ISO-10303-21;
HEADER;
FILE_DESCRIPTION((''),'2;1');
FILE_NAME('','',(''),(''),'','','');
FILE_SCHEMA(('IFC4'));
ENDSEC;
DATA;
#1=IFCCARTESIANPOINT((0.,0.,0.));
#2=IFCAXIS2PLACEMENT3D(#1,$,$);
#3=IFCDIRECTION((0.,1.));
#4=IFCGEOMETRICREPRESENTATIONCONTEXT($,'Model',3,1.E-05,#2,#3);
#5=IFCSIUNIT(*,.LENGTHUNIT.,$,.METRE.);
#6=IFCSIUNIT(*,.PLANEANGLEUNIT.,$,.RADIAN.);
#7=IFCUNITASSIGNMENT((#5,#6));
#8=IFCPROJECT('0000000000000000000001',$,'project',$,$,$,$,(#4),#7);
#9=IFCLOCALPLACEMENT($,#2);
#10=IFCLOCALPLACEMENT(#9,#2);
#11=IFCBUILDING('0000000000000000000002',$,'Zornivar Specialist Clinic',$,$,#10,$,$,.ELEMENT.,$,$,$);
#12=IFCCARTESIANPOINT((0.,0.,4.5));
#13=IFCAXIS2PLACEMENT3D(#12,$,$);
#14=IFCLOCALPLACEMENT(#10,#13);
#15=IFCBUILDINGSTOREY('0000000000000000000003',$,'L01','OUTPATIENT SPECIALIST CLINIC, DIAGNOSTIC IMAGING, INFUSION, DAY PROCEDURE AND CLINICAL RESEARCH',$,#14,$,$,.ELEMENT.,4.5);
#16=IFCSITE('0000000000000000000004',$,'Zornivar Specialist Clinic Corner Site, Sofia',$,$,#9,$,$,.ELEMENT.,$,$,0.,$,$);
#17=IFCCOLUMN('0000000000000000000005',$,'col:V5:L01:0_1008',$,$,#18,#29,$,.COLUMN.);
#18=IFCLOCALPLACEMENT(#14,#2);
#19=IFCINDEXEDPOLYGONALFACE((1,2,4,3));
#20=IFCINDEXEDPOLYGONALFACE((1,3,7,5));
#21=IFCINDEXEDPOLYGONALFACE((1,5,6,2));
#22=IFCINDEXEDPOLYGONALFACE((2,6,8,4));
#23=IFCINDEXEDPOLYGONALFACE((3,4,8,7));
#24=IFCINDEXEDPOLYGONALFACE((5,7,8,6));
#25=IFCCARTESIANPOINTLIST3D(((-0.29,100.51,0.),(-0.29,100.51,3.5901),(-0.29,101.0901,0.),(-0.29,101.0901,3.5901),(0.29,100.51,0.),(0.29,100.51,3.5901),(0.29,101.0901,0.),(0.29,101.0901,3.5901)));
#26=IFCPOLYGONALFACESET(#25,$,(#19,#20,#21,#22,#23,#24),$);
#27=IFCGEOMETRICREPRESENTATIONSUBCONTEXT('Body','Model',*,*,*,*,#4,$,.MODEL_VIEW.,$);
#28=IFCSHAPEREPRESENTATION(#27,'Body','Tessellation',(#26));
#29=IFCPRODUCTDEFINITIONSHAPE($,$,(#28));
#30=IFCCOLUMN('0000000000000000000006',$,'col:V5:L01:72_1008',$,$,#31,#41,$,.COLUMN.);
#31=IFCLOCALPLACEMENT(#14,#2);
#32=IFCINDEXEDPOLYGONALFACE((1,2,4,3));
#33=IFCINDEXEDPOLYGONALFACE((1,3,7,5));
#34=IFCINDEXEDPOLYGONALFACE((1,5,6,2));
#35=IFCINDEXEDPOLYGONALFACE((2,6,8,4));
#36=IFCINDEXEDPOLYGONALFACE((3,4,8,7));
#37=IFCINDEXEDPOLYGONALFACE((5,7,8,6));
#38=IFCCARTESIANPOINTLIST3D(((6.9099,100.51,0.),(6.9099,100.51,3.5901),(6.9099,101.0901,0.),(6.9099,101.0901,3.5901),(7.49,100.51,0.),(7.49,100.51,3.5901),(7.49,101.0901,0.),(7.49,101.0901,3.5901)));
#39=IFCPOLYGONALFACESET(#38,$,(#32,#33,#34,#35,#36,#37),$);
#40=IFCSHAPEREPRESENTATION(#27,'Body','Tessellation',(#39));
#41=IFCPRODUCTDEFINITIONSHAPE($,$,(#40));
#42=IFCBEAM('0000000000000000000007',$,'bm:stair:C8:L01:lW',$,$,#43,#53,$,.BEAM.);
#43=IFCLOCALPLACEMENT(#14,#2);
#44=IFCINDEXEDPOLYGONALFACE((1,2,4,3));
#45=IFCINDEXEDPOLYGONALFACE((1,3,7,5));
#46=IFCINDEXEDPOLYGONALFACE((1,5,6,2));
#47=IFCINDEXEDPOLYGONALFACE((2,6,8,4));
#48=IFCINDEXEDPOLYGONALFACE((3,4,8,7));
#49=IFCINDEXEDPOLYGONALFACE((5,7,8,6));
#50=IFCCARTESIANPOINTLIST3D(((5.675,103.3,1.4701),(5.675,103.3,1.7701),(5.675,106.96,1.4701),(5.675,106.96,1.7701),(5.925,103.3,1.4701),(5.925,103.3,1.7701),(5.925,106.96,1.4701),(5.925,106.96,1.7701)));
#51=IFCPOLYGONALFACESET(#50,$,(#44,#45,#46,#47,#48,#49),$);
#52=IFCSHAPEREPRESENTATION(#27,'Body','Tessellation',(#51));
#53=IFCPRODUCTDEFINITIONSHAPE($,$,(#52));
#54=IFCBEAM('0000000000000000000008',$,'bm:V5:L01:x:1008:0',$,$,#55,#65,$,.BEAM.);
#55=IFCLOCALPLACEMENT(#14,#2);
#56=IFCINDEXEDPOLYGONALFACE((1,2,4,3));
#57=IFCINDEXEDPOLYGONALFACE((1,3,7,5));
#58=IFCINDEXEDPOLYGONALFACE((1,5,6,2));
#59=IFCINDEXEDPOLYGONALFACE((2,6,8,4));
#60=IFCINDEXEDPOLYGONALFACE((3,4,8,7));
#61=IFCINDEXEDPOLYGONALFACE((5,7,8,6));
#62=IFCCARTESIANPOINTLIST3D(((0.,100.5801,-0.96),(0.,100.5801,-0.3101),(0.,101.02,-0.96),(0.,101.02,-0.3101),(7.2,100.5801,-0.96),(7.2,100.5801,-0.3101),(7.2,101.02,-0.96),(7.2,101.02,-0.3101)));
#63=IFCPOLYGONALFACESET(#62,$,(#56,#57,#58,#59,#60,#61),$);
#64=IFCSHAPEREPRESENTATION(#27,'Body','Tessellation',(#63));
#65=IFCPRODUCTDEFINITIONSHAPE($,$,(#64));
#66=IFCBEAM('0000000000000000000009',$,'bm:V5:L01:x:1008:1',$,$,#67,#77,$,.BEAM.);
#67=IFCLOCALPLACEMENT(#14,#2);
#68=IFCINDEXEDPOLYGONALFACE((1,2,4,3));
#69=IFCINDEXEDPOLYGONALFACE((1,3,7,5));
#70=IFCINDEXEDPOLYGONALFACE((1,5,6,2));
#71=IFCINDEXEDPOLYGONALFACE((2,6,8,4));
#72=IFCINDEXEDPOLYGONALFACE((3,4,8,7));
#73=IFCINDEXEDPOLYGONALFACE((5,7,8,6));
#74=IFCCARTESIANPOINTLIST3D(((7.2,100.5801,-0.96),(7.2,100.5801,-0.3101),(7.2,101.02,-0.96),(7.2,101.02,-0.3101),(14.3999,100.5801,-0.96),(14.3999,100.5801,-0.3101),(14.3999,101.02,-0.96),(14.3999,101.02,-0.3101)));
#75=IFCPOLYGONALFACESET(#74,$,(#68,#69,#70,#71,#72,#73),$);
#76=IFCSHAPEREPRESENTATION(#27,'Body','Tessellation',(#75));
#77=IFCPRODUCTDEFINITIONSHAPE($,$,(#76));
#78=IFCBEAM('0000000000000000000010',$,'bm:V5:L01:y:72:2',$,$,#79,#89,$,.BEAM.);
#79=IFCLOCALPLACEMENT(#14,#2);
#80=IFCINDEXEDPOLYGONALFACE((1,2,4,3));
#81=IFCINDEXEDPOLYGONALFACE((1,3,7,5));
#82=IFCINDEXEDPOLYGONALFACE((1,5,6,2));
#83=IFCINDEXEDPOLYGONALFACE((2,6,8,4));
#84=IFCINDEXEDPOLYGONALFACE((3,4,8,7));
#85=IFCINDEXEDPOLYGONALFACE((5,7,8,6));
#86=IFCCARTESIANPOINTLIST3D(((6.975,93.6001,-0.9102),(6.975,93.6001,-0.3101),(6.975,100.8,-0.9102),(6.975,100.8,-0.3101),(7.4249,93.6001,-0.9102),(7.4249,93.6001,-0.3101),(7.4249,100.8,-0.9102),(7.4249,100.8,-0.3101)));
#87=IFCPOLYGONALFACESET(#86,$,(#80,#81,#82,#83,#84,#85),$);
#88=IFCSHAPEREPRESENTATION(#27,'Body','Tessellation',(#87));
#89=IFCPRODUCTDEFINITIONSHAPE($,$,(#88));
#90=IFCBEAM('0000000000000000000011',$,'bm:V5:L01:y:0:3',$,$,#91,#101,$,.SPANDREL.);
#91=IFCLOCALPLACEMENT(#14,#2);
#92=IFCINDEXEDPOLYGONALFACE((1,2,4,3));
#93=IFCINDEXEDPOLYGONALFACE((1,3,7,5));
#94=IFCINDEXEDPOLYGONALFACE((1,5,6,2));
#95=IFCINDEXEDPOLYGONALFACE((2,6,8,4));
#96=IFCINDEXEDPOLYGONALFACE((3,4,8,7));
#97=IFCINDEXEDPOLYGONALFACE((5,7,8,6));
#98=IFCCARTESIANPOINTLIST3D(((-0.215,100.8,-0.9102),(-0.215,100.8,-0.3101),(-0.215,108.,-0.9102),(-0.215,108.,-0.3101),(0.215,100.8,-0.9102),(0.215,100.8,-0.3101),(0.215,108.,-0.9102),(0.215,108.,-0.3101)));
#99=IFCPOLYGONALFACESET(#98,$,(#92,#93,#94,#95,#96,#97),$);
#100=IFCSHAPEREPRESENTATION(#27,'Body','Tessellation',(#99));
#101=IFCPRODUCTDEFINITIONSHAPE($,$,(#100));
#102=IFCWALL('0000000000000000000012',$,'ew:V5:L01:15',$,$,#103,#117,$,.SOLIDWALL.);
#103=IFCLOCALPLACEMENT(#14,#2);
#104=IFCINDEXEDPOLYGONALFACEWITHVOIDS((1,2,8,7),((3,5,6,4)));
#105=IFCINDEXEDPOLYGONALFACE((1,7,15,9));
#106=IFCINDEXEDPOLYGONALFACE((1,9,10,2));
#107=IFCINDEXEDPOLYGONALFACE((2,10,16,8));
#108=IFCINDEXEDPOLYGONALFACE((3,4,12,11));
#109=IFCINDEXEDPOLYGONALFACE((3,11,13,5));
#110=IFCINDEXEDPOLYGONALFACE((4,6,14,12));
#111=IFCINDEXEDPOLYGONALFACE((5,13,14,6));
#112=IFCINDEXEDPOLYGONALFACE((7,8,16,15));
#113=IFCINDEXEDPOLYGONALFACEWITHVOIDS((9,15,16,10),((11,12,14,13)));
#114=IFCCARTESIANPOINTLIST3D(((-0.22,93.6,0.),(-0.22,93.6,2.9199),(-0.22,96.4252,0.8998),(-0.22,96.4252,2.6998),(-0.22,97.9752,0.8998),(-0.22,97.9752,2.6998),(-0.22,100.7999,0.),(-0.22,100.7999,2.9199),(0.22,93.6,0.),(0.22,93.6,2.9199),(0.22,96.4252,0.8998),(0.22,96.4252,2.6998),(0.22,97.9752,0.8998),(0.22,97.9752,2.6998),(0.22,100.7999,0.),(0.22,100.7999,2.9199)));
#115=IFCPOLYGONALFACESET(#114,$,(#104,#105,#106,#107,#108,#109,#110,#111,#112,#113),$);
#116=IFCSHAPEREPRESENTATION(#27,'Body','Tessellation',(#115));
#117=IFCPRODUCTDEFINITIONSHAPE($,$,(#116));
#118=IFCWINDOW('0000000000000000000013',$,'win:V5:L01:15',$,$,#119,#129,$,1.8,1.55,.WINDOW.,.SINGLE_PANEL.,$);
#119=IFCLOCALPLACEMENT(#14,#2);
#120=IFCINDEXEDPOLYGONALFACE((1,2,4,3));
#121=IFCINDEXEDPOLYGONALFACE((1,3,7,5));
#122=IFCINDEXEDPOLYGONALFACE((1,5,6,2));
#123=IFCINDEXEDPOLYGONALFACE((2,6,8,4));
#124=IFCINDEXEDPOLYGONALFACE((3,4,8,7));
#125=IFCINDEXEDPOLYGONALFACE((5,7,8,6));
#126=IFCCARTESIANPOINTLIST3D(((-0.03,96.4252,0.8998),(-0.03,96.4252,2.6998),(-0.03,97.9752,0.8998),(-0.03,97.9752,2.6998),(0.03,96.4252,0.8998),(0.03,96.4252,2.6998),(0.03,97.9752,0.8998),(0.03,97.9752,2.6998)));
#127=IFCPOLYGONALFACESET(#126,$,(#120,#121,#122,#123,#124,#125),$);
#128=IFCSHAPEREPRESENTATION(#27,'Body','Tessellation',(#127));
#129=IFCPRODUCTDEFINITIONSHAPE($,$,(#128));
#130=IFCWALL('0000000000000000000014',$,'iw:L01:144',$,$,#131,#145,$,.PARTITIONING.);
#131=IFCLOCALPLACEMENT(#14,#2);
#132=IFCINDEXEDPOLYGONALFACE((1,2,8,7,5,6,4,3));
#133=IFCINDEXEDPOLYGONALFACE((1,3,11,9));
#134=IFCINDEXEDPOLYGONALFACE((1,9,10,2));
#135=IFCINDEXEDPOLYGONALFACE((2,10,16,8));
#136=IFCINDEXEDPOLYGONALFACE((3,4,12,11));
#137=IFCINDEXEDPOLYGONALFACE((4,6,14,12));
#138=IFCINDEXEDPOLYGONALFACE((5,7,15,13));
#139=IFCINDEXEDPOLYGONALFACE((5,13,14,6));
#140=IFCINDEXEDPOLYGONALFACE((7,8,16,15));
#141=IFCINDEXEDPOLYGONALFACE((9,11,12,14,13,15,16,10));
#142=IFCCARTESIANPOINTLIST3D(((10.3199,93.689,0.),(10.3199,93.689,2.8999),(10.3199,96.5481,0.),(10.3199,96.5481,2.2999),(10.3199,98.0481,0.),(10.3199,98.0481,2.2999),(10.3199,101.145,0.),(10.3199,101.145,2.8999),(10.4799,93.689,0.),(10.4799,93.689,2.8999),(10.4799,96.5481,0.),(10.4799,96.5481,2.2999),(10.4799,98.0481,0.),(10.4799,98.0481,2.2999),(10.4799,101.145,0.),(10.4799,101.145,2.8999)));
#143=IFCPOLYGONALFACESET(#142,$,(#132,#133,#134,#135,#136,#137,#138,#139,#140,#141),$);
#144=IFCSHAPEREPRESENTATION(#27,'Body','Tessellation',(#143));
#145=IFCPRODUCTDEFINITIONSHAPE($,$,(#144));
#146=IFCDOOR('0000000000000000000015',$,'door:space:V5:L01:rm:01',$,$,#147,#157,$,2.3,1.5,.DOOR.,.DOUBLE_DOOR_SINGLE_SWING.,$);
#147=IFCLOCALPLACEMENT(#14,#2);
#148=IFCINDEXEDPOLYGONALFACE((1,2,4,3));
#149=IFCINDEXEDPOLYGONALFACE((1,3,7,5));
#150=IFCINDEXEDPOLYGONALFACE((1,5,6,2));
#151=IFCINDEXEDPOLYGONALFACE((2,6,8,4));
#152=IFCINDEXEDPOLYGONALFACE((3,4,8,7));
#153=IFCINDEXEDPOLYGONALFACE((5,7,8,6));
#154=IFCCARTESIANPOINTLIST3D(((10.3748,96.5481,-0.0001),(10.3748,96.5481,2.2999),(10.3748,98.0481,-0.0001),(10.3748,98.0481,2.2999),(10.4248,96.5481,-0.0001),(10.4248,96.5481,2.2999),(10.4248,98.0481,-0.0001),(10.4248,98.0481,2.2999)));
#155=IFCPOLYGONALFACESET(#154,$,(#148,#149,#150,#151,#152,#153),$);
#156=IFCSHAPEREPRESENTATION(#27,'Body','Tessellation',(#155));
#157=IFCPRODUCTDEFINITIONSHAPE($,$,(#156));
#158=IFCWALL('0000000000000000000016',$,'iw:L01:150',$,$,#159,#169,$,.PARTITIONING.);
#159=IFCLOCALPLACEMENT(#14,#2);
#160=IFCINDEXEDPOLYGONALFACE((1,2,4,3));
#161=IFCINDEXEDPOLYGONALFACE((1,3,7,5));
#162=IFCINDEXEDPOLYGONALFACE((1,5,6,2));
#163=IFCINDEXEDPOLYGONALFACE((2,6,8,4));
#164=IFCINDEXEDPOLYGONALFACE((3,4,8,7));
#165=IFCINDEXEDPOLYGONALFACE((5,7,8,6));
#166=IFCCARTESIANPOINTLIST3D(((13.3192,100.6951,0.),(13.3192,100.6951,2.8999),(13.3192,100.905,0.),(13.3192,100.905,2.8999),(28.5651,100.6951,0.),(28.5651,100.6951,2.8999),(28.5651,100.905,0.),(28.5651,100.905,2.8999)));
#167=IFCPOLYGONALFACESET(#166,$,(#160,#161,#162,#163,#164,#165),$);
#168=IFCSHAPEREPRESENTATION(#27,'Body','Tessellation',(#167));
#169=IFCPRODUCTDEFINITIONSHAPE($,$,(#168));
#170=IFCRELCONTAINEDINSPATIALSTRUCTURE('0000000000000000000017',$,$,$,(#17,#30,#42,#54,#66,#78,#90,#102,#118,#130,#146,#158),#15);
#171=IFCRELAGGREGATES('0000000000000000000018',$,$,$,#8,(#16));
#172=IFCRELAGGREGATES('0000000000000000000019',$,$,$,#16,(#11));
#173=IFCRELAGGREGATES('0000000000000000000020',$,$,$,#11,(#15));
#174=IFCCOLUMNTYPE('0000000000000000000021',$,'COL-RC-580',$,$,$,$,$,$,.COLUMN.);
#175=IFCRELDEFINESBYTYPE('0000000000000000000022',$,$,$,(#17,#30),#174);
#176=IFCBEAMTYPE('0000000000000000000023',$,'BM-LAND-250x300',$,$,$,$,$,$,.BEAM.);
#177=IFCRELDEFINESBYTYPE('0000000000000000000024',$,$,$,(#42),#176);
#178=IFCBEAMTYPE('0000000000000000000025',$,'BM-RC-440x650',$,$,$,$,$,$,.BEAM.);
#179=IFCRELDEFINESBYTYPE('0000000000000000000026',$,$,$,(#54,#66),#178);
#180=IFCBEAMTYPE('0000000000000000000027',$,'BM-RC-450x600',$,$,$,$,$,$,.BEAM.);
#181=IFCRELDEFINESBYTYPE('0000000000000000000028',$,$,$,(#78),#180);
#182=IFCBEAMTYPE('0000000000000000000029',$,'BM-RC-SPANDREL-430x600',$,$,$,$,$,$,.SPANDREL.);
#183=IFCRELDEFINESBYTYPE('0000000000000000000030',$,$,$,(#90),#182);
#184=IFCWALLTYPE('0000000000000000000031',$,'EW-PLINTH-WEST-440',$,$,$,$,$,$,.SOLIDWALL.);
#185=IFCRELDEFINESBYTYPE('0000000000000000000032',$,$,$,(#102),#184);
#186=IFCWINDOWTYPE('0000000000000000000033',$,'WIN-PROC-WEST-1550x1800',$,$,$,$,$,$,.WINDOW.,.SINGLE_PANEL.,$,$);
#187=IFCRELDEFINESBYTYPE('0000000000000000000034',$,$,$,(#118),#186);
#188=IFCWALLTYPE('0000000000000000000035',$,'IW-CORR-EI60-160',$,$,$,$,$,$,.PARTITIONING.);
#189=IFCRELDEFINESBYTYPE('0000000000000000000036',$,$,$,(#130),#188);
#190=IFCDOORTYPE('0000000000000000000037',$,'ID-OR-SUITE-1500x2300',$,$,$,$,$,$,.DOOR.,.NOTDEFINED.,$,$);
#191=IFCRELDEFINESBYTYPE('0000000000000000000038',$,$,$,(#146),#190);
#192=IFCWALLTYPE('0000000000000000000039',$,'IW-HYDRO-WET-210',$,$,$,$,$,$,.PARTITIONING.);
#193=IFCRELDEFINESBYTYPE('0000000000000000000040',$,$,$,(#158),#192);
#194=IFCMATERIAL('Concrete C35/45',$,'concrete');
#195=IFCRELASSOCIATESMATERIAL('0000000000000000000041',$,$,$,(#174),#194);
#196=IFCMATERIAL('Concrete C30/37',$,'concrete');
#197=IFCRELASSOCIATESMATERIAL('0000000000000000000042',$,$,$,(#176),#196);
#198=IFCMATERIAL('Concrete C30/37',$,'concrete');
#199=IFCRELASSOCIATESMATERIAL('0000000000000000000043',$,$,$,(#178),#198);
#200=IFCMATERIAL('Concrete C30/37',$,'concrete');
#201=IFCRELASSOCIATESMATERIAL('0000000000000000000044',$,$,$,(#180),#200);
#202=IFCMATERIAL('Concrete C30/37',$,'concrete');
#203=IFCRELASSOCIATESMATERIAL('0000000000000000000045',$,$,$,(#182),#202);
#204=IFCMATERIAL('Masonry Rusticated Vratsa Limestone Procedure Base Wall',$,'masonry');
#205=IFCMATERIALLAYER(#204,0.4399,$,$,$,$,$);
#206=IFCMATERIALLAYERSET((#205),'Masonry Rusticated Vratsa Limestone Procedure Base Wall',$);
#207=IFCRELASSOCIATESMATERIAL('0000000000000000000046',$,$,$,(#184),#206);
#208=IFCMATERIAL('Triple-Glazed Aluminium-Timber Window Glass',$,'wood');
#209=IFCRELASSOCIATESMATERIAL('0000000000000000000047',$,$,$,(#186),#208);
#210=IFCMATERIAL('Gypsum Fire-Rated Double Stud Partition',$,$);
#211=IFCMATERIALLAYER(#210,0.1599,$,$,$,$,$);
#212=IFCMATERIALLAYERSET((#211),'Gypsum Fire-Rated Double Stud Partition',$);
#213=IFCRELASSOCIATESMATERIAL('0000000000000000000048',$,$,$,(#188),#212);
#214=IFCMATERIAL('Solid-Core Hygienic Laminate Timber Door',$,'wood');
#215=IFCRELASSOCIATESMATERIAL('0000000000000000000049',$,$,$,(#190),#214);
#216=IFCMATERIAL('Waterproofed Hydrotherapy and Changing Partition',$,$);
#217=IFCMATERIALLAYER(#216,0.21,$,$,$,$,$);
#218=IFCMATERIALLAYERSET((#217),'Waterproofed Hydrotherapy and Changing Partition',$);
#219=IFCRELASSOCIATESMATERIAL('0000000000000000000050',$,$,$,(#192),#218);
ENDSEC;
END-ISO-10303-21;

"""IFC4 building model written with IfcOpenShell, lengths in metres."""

from ifc_helpers import new_model, si_unit, direction, frame, frame_2d, origin, origin_2d, place, context, subcontext, project, spatial, rectangle, extrude, material, layer, layer_set, material_profile, profile_set, type_object, element, fill, save


model = new_model("IFC4")

# Units and contexts
model_context = context("Model", 3, precision=1e-05, world=origin(), true_north=direction((0.0, 1.0)))
body_context = subcontext(model_context, "Body", "Model", "MODEL_VIEW")
ifc_project = project(units=[si_unit("LENGTHUNIT", "METRE"), si_unit("PLANEANGLEUNIT", "RADIAN")], contexts=[model_context])

# Site, building, storey
site_placement = place(None, origin())
site = spatial("IfcSite", under=ifc_project, at=site_placement, Name="Zornivar Specialist Clinic Corner Site, Sofia", CompositionType="ELEMENT", RefElevation=0.0)
building_placement = place(site_placement, origin())
building = spatial("IfcBuilding", under=site, at=building_placement, Name="Zornivar Specialist Clinic", CompositionType="ELEMENT")
storey_placement = place(building_placement, frame((0.0, 0.0, 4.5)))
storey = spatial("IfcBuildingStorey", under=building, at=storey_placement, Name="L01", Description="OUTPATIENT SPECIALIST CLINIC, DIAGNOSTIC IMAGING, INFUSION, DAY PROCEDURE AND CLINICAL RESEARCH", CompositionType="ELEMENT", Elevation=4.5)

# Columns
ifc_material_1 = material(Name="Concrete C35/45", Category="concrete")
ifc_material_profile_1 = material_profile(ifc_material_1, rectangle(XDim=0.5801, YDim=0.5801, at=origin_2d()), Name="RC 580x580")
ifc_profile_set_1 = profile_set([ifc_material_profile_1], Name="Concrete C35/45")
column_type = type_object("IfcColumnType", Name="COL-RC-580", PredefinedType="COLUMN", material=ifc_profile_set_1)
for number, where, z_axis, x_axis, name in (
    (1, (0.0, 100.8, 0.0), (0.0, 0.0, 1.0), (1.0, 0.0, 0.0), "col:V5:L01:0_1008"),
    (2, (7.2, 100.8, 0.0), (0.0, 0.0, 1.0), (1.0, 0.0, 0.0), "col:V5:L01:72_1008"),
):
    element("IfcColumn", number, at=place(storey_placement, frame(where, z_axis=z_axis, x_axis=x_axis)), inside=storey, type_object=column_type, Name=name, PredefinedType="COLUMN", context=body_context, shape_type="SweptSolid", body=[
        extrude(rectangle(XDim=0.5801, YDim=0.5801, at=origin_2d()), origin(), (0.0, 0.0, 1.0), 3.5901),
    ])

# Beams
ifc_material_2 = material(Name="Concrete C30/37", Category="concrete")
ifc_material_profile_2 = material_profile(ifc_material_2, rectangle(XDim=0.25, YDim=0.3, at=origin_2d()), Name="RC 250x300")
ifc_profile_set_2 = profile_set([ifc_material_profile_2], Name="Concrete C30/37")
beam_type_1 = type_object("IfcBeamType", Name="BM-LAND-250x300", PredefinedType="BEAM", material=ifc_profile_set_2)
beam_1_placement = place(storey_placement, frame((5.8, 103.3, 1.6201), z_axis=(0.0, 1.0, 0.0), x_axis=(-1.0, 0.0, 0.0)))
element("IfcBeam", 3, at=beam_1_placement, inside=storey, type_object=beam_type_1, Name="bm:stair:C8:L01:lW", PredefinedType="BEAM", context=body_context, shape_type="SweptSolid", body=[
    extrude(rectangle(XDim=0.25, YDim=0.3, at=origin_2d()), origin(), (0.0, 0.0, 1.0), 3.6599),
])
ifc_material_3 = material(Name="Concrete C30/37", Category="concrete")
ifc_material_profile_3 = material_profile(ifc_material_3, rectangle(XDim=0.4399, YDim=0.6499, at=origin_2d()), Name="RC 440x650")
ifc_profile_set_3 = profile_set([ifc_material_profile_3], Name="Concrete C30/37")
beam_type_2 = type_object("IfcBeamType", Name="BM-RC-440x650", PredefinedType="BEAM", material=ifc_profile_set_3)
for number, where, z_axis, x_axis, name in (
    (4, (0.0, 100.8, -0.635), (1.0, 0.0, 0.0), (0.0, 1.0, 0.0), "bm:V5:L01:x:1008:0"),
    (5, (7.2, 100.8, -0.635), (1.0, 0.0, 0.0), (0.0, 1.0, 0.0), "bm:V5:L01:x:1008:1"),
):
    element("IfcBeam", number, at=place(storey_placement, frame(where, z_axis=z_axis, x_axis=x_axis)), inside=storey, type_object=beam_type_2, Name=name, PredefinedType="BEAM", context=body_context, shape_type="SweptSolid", body=[
        extrude(rectangle(XDim=0.4399, YDim=0.6499, at=origin_2d()), origin(), (0.0, 0.0, 1.0), 7.2),
    ])
ifc_material_4 = material(Name="Concrete C30/37", Category="concrete")
ifc_material_profile_4 = material_profile(ifc_material_4, rectangle(XDim=0.45, YDim=0.6001, at=origin_2d()), Name="RC 450x600")
ifc_profile_set_4 = profile_set([ifc_material_profile_4], Name="Concrete C30/37")
beam_type_3 = type_object("IfcBeamType", Name="BM-RC-450x600", PredefinedType="BEAM", material=ifc_profile_set_4)
beam_2_placement = place(storey_placement, frame((7.2, 93.6001, -0.6101), z_axis=(0.0, 1.0, 0.0), x_axis=(-1.0, 0.0, 0.0)))
element("IfcBeam", 6, at=beam_2_placement, inside=storey, type_object=beam_type_3, Name="bm:V5:L01:y:72:2", PredefinedType="BEAM", context=body_context, shape_type="SweptSolid", body=[
    extrude(rectangle(XDim=0.45, YDim=0.6001, at=origin_2d()), origin(), (0.0, 0.0, 1.0), 7.2),
])
ifc_material_5 = material(Name="Concrete C30/37", Category="concrete")
ifc_material_profile_5 = material_profile(ifc_material_5, rectangle(XDim=0.4299, YDim=0.6001, at=origin_2d()), Name="RC 430x600")
ifc_profile_set_5 = profile_set([ifc_material_profile_5], Name="Concrete C30/37")
beam_type_4 = type_object("IfcBeamType", Name="BM-RC-SPANDREL-430x600", PredefinedType="SPANDREL", material=ifc_profile_set_5)
beam_3_placement = place(storey_placement, frame((0.0, 100.8, -0.6101), z_axis=(0.0, 1.0, 0.0), x_axis=(-1.0, 0.0, 0.0)))
element("IfcBeam", 7, at=beam_3_placement, inside=storey, type_object=beam_type_4, Name="bm:V5:L01:y:0:3", PredefinedType="SPANDREL", context=body_context, shape_type="SweptSolid", body=[
    extrude(rectangle(XDim=0.4299, YDim=0.6001, at=origin_2d()), origin(), (0.0, 0.0, 1.0), 7.2),
])

# Wall, opening, window
ifc_material_6 = material(Name="Masonry Rusticated Vratsa Limestone Procedure Base Wall", Category="masonry")
ifc_layer_1 = layer(ifc_material_6, 0.4399)
ifc_layer_set_1 = layer_set([ifc_layer_1], Name="Masonry Rusticated Vratsa Limestone Procedure Base Wall")
wall_type_1 = type_object("IfcWallType", Name="EW-PLINTH-WEST-440", PredefinedType="SOLIDWALL", material=ifc_layer_set_1)
wall_1_placement = place(storey_placement, frame((0.0, 100.8, 0.0), z_axis=(0.0, 0.0, 1.0), x_axis=(0.0, -1.0, 0.0)))
wall_1 = element("IfcWall", 8, at=wall_1_placement, inside=storey, type_object=wall_type_1, Name="ew:V5:L01:15", PredefinedType="SOLIDWALL", context=body_context, shape_type="SweptSolid", body=[
    extrude(rectangle(XDim=7.2, YDim=0.4399, at=frame_2d((3.6001, 0.0))), origin(), (0.0, 0.0, 1.0), 2.9199),
])
opening_1_placement = place(wall_1_placement, frame((2.825, 0.0, 0.8999)))
opening_1 = element("IfcOpeningElement", 9, at=opening_1_placement, cuts=wall_1, PredefinedType="OPENING", context=body_context, shape_type="SweptSolid", body=[
    extrude(rectangle(XDim=1.55, YDim=1.8, at=frame_2d((0.7749, 0.8999))), frame((0.0, 0.23, 0.0), z_axis=(0.0, -1.0, 0.0), x_axis=(1.0, 0.0, 0.0)), (0.0, 0.0, 1.0), 0.46),
])
ifc_material_7 = material(Name="Triple-Glazed Aluminium-Timber Window Glass", Category="wood")
window_type = type_object("IfcWindowType", Name="WIN-PROC-WEST-1550x1800", PartitioningType="SINGLE_PANEL", PredefinedType="WINDOW", material=ifc_material_7)
window_placement = place(opening_1_placement, origin())
window = element("IfcWindow", 10, at=window_placement, inside=storey, type_object=window_type, Name="win:V5:L01:15", OverallHeight=1.8, OverallWidth=1.55, PartitioningType="SINGLE_PANEL", PredefinedType="WINDOW", context=body_context, shape_type="SweptSolid", body=[
    extrude(rectangle(XDim=1.55, YDim=1.8, at=frame_2d((0.7749, 0.8999))), frame((0.0, 0.03, 0.0), z_axis=(0.0, -1.0, 0.0), x_axis=(1.0, 0.0, 0.0)), (0.0, 0.0, 1.0), 0.0601),
])
fill(opening_1, window)

# Wall, opening, door
ifc_material_8 = material(Name="Gypsum Fire-Rated Double Stud Partition")
ifc_layer_2 = layer(ifc_material_8, 0.1599)
ifc_layer_set_2 = layer_set([ifc_layer_2], Name="Gypsum Fire-Rated Double Stud Partition")
wall_type_2 = type_object("IfcWallType", Name="IW-CORR-EI60-160", PredefinedType="PARTITIONING", material=ifc_layer_set_2)
wall_2_placement = place(storey_placement, frame((10.3999, 101.145, 0.0), z_axis=(0.0, 0.0, 1.0), x_axis=(0.0, -1.0, 0.0)))
wall_2 = element("IfcWall", 11, at=wall_2_placement, inside=storey, type_object=wall_type_2, Name="iw:L01:144", PredefinedType="PARTITIONING", context=body_context, shape_type="SweptSolid", body=[
    extrude(rectangle(XDim=7.4561, YDim=0.1599, at=frame_2d((3.728, 0.0))), origin(), (0.0, 0.0, 1.0), 2.8999),
])
opening_2_placement = place(wall_2_placement, frame((3.0969, 0.0, 0.0)))
opening_2 = element("IfcOpeningElement", 12, at=opening_2_placement, cuts=wall_2, PredefinedType="OPENING", context=body_context, shape_type="SweptSolid", body=[
    extrude(rectangle(XDim=1.5, YDim=2.3, at=frame_2d((0.75, 1.1499))), frame((0.0, 0.0898, 0.0), z_axis=(0.0, -1.0, 0.0), x_axis=(1.0, 0.0, 0.0)), (0.0, 0.0, 1.0), 0.1799),
])
ifc_material_9 = material(Name="Solid-Core Hygienic Laminate Timber Door", Category="wood")
door_type_1 = type_object("IfcDoorType", Name="ID-OR-SUITE-1500x2300", OperationType="NOTDEFINED", PredefinedType="DOOR", material=ifc_material_9)
door_1_placement = place(opening_2_placement, origin())
door_1 = element("IfcDoor", 13, at=door_1_placement, inside=storey, type_object=door_type_1, Name="door:space:V5:L01:rm:01", OperationType="DOUBLE_DOOR_SINGLE_SWING", OverallHeight=2.3, OverallWidth=1.5, PredefinedType="DOOR", context=body_context, shape_type="SweptSolid", body=[
    extrude(rectangle(XDim=1.5, YDim=2.3, at=frame_2d((0.75, 1.1499))), frame((0.0, 0.0249, 0.0), z_axis=(0.0, -1.0, 0.0), x_axis=(1.0, 0.0, 0.0)), (0.0, 0.0, 1.0), 0.05),
])
fill(opening_2, door_1)

# Wall
ifc_material_10 = material(Name="Waterproofed Hydrotherapy and Changing Partition")
ifc_layer_3 = layer(ifc_material_10, 0.21)
ifc_layer_set_3 = layer_set([ifc_layer_3], Name="Waterproofed Hydrotherapy and Changing Partition")
wall_type_3 = type_object("IfcWallType", Name="IW-HYDRO-WET-210", PredefinedType="PARTITIONING", material=ifc_layer_set_3)
wall_3_placement = place(storey_placement, frame((13.3191, 100.8, 0.0), z_axis=(0.0, 0.0, 1.0), x_axis=(1.0, 0.0, 0.0)))
element("IfcWall", 14, at=wall_3_placement, inside=storey, type_object=wall_type_3, Name="iw:L01:150", PredefinedType="PARTITIONING", context=body_context, shape_type="SweptSolid", body=[
    extrude(rectangle(XDim=15.2458, YDim=0.21, at=frame_2d((7.623, 0.0))), origin(), (0.0, 0.0, 1.0), 2.8999),
])

save(model, "model.ifc")
